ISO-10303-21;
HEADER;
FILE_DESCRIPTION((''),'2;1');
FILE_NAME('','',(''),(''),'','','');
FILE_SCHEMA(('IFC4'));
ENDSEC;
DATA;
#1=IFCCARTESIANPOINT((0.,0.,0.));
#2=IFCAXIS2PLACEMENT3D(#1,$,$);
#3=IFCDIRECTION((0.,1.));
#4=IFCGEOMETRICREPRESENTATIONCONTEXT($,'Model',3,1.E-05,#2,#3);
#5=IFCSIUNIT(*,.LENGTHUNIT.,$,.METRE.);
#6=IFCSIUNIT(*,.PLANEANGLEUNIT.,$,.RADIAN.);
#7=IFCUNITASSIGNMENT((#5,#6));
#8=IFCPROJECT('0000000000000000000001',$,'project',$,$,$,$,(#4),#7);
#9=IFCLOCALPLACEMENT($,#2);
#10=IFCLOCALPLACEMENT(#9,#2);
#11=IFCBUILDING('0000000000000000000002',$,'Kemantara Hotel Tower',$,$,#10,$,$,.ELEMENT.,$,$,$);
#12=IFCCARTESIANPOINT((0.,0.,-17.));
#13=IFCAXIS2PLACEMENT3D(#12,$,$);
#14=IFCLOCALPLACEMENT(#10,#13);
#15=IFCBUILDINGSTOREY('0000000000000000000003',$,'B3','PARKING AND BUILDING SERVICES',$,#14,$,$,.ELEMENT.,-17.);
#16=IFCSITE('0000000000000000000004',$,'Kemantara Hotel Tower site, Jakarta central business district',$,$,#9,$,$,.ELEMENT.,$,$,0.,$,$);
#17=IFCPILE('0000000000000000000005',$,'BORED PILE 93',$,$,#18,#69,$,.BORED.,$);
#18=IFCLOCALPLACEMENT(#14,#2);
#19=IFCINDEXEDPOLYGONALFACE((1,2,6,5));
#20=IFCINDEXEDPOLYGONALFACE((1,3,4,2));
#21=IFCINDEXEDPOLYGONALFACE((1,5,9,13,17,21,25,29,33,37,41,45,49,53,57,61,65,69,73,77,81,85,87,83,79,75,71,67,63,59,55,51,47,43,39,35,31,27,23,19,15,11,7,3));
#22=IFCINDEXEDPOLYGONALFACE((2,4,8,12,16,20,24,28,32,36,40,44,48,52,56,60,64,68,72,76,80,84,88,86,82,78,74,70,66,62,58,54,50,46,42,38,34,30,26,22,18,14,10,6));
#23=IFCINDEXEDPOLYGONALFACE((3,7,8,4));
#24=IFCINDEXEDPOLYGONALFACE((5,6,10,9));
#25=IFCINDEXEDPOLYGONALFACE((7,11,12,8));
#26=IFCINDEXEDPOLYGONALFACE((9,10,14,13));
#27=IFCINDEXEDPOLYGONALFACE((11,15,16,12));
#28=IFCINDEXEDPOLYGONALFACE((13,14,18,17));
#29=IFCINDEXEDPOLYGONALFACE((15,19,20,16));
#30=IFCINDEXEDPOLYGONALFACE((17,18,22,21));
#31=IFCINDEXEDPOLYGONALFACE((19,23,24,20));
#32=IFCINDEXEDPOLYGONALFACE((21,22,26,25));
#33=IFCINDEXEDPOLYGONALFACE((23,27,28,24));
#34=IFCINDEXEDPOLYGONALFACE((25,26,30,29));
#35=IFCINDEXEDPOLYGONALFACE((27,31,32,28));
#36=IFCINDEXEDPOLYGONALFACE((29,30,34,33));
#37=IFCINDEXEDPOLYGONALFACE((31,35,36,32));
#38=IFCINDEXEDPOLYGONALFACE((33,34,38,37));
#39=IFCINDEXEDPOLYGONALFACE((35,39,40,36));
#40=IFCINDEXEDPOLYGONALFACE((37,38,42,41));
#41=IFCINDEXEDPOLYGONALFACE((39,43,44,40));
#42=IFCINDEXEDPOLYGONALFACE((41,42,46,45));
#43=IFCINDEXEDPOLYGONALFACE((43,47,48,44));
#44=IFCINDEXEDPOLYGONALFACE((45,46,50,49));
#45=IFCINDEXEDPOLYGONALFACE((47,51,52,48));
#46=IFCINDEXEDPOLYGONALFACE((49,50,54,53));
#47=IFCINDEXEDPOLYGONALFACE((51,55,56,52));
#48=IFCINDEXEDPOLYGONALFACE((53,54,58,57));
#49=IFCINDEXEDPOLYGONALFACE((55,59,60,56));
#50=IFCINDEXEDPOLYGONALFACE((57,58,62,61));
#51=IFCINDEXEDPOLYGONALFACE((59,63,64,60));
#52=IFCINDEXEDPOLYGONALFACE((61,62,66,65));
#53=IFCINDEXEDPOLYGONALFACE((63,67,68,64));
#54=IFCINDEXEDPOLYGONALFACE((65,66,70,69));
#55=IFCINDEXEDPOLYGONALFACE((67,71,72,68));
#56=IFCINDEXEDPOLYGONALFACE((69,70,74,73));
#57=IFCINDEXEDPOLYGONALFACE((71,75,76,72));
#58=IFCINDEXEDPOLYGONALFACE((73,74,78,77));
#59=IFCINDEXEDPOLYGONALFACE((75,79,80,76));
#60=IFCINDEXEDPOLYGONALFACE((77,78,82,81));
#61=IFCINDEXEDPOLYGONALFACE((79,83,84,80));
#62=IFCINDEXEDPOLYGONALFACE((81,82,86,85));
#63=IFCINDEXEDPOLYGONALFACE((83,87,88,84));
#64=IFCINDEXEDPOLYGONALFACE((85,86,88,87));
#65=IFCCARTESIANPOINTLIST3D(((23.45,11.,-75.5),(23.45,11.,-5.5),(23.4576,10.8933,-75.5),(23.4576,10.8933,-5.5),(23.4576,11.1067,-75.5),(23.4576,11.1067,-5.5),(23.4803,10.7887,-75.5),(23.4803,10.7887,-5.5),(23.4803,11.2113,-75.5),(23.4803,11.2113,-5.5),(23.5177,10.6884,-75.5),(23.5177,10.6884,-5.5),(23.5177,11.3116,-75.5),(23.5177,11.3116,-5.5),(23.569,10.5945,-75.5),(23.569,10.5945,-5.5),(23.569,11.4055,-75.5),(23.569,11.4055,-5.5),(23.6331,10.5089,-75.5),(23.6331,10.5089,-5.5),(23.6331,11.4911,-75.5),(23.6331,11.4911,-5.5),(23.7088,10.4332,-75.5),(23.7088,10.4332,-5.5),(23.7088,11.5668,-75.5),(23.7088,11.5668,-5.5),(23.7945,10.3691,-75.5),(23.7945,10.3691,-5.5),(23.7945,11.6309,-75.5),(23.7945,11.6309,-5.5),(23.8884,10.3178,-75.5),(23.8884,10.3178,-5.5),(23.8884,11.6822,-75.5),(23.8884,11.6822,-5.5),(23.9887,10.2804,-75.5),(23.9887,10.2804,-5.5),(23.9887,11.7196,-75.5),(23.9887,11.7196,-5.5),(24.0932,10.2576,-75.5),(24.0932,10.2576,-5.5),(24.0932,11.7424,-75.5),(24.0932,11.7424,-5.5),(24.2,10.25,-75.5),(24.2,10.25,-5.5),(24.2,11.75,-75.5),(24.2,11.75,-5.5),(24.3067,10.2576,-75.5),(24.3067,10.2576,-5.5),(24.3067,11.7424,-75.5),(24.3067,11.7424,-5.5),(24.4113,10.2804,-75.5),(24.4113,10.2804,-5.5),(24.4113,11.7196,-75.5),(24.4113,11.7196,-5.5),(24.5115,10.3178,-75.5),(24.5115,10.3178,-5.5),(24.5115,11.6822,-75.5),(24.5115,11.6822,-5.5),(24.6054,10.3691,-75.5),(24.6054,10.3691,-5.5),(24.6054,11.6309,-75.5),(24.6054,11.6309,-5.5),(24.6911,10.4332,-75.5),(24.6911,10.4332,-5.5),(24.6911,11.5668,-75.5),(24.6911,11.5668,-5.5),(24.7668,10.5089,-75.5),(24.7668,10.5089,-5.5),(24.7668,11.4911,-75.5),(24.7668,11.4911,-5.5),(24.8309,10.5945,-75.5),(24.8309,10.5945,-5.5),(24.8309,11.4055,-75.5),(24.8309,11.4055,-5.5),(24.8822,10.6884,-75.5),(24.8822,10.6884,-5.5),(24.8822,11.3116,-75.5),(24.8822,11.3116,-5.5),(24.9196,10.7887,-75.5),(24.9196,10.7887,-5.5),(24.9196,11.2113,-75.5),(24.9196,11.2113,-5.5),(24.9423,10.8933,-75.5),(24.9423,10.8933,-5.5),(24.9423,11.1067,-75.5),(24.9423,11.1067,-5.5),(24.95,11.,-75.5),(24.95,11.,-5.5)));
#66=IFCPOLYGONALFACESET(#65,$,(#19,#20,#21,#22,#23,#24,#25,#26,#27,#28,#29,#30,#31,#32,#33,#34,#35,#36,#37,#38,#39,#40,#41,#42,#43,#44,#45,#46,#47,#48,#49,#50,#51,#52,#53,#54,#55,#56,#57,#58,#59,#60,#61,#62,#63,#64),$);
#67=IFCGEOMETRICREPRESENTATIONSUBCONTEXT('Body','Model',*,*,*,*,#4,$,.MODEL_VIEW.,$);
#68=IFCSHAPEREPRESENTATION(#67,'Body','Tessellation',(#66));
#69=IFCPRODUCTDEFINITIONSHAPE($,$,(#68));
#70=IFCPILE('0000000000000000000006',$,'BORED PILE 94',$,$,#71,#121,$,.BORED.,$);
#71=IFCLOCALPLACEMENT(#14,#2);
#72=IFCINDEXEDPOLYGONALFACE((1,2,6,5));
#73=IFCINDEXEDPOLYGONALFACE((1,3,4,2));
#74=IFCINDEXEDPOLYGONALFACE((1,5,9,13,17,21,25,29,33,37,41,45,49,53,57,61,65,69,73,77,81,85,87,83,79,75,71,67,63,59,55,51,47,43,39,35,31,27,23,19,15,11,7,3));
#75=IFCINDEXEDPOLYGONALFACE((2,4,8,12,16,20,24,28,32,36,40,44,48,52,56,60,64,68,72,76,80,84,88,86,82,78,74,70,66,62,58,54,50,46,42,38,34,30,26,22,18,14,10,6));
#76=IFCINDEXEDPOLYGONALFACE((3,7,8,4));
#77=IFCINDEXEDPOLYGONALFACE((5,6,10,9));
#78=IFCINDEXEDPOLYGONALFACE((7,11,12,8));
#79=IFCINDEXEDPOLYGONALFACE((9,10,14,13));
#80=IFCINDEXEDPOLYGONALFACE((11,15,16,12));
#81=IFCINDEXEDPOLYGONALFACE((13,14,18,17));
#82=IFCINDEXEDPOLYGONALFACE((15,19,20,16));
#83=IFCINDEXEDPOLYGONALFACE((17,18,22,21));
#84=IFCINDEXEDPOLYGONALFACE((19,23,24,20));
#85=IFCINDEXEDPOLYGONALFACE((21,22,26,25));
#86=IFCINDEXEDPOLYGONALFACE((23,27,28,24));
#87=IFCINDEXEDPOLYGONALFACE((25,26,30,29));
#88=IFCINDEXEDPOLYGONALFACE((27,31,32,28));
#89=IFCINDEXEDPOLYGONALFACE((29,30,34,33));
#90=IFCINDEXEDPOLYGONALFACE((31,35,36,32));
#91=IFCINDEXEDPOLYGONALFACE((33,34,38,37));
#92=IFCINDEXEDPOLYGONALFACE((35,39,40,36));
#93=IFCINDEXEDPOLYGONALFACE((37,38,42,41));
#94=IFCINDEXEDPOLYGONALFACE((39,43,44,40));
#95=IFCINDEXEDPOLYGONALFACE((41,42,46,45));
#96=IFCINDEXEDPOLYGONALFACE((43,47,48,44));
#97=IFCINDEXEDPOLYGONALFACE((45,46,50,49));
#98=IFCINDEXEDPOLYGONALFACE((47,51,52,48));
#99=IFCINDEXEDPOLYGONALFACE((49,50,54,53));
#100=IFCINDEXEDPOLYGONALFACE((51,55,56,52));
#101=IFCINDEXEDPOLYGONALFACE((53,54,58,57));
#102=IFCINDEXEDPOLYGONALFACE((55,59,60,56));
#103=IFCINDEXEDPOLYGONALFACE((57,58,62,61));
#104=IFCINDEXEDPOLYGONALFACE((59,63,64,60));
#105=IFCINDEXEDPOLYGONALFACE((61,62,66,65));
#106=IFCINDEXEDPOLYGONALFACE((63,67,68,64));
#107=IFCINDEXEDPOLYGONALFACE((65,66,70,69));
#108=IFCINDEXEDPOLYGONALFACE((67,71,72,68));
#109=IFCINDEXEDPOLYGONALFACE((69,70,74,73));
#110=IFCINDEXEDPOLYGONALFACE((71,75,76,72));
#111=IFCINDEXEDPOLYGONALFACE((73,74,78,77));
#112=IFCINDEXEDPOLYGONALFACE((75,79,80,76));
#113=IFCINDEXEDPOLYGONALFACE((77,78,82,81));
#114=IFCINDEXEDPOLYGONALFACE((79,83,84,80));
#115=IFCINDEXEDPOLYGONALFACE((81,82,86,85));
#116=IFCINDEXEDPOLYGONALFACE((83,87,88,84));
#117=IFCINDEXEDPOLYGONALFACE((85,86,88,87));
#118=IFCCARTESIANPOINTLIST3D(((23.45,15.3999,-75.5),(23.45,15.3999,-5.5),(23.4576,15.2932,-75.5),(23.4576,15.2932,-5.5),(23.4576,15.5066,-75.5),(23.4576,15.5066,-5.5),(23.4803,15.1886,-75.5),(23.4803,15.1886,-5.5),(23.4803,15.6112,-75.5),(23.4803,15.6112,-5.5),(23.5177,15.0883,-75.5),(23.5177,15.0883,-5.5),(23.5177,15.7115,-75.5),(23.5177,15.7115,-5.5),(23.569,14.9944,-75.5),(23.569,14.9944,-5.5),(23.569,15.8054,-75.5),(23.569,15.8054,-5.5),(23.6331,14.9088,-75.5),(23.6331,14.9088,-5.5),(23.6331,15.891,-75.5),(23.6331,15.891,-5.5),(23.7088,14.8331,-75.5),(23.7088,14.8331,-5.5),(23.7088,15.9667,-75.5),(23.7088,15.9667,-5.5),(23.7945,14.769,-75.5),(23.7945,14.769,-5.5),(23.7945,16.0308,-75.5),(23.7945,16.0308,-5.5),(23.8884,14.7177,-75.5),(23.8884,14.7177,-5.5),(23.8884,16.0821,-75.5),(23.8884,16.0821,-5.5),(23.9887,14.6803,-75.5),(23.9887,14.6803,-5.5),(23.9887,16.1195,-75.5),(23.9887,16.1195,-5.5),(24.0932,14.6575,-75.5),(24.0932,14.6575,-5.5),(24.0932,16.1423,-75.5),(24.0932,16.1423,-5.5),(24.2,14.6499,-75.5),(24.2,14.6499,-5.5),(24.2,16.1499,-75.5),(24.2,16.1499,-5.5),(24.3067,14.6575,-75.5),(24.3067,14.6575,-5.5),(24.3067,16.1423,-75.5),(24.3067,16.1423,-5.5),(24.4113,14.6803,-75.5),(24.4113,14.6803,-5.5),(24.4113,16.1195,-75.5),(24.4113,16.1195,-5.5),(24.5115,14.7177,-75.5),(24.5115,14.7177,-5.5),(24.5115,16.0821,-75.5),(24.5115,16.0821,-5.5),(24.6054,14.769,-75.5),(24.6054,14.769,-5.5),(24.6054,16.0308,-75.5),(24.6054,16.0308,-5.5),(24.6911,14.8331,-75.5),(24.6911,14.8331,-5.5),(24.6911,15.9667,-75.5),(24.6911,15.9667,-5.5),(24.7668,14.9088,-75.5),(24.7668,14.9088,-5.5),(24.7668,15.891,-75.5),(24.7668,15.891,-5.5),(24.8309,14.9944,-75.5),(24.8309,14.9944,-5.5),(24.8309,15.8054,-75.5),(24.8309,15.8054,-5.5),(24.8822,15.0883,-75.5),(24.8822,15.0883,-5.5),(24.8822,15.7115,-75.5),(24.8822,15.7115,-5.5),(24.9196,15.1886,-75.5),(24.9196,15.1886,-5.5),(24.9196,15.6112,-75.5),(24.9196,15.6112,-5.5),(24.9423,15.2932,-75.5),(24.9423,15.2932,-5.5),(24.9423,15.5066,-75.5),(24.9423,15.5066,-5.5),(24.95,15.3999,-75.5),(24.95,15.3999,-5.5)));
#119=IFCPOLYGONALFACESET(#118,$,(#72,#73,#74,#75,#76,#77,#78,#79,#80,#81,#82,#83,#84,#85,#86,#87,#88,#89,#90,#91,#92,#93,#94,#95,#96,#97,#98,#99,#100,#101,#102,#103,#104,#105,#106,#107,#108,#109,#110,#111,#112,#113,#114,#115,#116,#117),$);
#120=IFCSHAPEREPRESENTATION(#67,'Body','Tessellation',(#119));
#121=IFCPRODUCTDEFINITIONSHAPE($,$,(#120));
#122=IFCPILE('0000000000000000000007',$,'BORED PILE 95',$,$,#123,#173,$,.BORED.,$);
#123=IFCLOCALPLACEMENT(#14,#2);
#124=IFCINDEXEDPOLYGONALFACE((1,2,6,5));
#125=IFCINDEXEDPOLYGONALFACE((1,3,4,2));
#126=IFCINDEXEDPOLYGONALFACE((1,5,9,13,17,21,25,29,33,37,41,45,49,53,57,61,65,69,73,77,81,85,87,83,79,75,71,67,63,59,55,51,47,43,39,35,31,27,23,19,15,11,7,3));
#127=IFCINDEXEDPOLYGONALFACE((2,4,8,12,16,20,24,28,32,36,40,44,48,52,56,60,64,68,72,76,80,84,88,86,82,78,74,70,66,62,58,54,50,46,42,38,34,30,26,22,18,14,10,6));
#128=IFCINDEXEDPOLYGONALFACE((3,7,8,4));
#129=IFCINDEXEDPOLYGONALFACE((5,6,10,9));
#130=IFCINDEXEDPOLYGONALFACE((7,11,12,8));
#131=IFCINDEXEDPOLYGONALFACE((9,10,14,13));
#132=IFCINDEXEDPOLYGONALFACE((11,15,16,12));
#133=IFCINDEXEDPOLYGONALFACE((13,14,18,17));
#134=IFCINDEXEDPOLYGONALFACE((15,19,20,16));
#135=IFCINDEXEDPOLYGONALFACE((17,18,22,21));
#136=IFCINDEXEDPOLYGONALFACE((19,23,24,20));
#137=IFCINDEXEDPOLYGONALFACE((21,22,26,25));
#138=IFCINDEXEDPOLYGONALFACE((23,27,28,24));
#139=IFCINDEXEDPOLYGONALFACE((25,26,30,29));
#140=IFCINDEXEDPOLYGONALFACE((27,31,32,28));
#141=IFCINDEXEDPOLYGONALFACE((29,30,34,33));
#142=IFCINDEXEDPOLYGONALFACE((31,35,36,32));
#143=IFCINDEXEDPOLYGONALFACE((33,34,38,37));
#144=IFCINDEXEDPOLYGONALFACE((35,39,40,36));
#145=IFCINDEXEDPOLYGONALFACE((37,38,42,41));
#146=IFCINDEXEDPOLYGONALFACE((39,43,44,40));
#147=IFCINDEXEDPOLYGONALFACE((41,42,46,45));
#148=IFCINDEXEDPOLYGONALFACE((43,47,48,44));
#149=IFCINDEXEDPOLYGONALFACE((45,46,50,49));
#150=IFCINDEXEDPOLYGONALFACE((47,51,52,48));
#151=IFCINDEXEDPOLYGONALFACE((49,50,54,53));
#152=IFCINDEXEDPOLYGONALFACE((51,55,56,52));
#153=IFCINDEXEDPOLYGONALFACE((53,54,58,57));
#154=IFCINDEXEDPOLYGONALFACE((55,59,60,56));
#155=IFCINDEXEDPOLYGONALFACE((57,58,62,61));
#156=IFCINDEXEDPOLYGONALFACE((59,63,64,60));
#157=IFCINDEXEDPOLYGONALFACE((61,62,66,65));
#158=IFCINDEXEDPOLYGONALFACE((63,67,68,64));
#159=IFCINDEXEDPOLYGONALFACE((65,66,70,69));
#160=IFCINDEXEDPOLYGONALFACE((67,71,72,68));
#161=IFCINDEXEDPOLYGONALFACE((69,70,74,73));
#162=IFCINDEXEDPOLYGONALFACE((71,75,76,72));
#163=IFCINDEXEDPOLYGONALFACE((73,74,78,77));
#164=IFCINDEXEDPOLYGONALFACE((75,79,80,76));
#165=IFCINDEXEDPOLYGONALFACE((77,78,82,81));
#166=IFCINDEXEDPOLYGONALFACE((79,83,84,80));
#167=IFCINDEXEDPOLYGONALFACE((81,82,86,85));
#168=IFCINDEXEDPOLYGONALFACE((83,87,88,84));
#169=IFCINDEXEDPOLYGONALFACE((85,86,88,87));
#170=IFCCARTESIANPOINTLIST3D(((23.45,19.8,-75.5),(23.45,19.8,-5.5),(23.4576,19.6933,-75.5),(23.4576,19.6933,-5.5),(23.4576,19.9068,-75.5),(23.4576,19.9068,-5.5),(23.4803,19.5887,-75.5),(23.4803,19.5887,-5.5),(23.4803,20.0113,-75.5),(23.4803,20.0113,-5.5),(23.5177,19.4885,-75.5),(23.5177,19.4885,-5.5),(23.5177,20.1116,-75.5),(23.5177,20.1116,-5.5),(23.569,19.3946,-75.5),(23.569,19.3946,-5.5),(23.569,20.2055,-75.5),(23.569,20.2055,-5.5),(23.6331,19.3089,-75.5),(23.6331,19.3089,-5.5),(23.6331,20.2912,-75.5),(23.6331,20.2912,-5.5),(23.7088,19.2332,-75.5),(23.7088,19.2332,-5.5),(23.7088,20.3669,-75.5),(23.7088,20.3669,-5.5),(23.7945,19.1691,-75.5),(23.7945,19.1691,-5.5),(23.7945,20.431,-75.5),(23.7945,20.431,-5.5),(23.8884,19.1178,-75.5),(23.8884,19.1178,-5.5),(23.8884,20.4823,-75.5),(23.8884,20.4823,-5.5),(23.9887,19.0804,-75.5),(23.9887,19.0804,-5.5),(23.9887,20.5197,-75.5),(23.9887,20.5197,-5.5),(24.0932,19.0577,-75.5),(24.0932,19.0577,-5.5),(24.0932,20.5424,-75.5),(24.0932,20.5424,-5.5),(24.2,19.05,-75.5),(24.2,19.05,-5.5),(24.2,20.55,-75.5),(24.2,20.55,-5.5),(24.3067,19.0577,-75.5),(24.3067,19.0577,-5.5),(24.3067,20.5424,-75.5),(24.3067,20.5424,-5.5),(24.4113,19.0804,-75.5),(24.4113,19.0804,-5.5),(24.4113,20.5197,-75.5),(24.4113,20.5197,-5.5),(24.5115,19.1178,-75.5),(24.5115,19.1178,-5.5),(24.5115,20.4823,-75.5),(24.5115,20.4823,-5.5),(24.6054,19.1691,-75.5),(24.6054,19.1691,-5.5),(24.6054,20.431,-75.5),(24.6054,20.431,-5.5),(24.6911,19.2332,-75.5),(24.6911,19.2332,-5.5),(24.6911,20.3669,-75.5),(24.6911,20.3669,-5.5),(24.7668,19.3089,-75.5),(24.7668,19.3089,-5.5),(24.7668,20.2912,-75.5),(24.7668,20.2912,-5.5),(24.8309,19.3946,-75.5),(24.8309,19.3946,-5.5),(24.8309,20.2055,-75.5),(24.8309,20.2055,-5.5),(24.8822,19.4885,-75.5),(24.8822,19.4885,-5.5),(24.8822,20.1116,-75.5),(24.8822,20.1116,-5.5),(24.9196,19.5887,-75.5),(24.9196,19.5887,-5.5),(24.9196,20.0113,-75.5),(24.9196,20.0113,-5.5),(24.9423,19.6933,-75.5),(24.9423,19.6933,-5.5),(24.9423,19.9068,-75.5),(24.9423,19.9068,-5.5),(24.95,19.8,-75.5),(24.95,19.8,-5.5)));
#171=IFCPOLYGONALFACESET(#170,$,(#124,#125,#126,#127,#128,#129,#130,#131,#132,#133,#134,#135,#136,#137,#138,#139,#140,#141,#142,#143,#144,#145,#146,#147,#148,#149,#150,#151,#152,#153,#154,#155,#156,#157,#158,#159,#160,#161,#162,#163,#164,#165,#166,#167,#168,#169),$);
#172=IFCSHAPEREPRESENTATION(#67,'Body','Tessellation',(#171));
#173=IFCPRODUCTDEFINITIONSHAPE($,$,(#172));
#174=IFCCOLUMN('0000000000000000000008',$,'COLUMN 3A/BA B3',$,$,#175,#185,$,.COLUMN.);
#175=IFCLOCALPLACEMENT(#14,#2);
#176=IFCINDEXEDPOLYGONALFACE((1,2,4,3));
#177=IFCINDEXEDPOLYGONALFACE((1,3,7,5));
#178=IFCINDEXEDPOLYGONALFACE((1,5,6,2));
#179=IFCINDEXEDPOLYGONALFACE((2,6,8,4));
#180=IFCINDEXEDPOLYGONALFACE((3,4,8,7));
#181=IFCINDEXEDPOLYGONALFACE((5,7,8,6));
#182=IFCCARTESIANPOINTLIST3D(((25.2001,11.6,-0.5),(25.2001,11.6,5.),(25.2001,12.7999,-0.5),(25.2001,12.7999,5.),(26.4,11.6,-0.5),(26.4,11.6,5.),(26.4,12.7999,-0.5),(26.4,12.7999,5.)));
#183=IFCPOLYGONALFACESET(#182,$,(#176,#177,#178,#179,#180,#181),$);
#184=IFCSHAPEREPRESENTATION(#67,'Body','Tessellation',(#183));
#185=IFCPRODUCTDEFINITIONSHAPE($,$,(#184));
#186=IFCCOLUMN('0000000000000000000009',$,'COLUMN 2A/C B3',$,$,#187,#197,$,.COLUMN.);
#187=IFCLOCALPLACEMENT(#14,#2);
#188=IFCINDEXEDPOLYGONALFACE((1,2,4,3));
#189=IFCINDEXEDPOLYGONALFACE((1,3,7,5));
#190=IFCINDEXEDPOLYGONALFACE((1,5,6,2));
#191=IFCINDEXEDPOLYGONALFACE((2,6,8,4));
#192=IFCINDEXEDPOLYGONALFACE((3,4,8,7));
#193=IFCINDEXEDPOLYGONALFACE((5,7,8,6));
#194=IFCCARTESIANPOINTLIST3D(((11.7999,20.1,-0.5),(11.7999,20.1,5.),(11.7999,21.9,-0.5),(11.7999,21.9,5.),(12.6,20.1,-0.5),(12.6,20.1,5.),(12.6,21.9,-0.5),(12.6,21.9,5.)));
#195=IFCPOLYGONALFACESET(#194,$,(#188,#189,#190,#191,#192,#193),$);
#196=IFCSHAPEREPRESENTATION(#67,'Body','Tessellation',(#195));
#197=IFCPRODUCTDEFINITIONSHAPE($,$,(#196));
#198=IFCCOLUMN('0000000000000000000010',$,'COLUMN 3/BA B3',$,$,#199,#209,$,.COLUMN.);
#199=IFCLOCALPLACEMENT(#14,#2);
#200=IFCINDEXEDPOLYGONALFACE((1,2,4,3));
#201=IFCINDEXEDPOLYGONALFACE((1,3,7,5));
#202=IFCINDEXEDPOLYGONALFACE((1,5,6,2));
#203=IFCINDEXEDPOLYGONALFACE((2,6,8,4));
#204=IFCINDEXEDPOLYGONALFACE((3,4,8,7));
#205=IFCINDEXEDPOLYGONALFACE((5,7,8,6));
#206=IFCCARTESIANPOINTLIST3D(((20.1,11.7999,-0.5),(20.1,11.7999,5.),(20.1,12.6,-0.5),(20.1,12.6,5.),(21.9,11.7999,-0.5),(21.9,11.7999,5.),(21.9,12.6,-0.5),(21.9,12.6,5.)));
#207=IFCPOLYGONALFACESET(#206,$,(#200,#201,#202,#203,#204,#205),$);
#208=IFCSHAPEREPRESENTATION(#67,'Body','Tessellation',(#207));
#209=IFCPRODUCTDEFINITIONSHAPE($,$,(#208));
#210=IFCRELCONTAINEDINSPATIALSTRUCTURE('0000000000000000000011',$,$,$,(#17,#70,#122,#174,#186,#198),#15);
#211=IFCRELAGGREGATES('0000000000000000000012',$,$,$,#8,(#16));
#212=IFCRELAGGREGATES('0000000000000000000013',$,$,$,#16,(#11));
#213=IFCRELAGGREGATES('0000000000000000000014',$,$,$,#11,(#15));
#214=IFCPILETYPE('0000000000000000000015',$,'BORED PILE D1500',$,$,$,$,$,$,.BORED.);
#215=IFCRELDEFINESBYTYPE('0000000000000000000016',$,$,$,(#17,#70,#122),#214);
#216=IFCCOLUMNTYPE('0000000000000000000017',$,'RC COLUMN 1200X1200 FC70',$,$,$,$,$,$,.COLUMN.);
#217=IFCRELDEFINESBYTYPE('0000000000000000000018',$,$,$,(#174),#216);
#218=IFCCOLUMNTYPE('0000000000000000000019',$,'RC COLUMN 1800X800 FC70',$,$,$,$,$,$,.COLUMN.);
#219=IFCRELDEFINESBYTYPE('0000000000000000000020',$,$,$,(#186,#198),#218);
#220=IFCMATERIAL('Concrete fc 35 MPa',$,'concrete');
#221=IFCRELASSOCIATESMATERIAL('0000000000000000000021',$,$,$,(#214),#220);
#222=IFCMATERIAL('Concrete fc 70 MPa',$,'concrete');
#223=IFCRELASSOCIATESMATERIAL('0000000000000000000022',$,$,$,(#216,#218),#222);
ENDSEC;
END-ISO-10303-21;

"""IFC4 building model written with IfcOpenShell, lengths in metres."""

from ifc_helpers import new_model, si_unit, direction, frame, origin, origin_2d, place, context, subcontext, project, spatial, rectangle, circle, extrude, material, material_profile, profile_set, type_object, element, save


model = new_model("IFC4")

# Units and contexts
model_context = context("Model", 3, precision=1e-05, world=origin(), true_north=direction((0.0, 1.0)))
body_context = subcontext(model_context, "Body", "Model", "MODEL_VIEW")
ifc_project = project(units=[si_unit("LENGTHUNIT", "METRE"), si_unit("PLANEANGLEUNIT", "RADIAN")], contexts=[model_context])

# Site, building, storey
site_placement = place(None, origin())
site = spatial("IfcSite", under=ifc_project, at=site_placement, Name="Kemantara Hotel Tower site, Jakarta central business district", CompositionType="ELEMENT", RefElevation=0.0)
building_placement = place(site_placement, origin())
building = spatial("IfcBuilding", under=site, at=building_placement, Name="Kemantara Hotel Tower", CompositionType="ELEMENT")
storey_placement = place(building_placement, frame((0.0, 0.0, -17.0)))
storey = spatial("IfcBuildingStorey", under=building, at=storey_placement, Name="B3", Description="PARKING AND BUILDING SERVICES", CompositionType="ELEMENT", Elevation=-17.0)

# Piles
ifc_material_1 = material(Name="Concrete fc 35 MPa", Category="concrete")
ifc_material_profile_1 = material_profile(ifc_material_1, circle(Radius=0.75, at=origin_2d()), Name="BORED PILE D1500")
ifc_profile_set_1 = profile_set([ifc_material_profile_1], Name="Concrete fc 35 MPa")
pile_type = type_object("IfcPileType", Name="BORED PILE D1500", PredefinedType="BORED", material=ifc_profile_set_1)
for number, where, z_axis, x_axis, name in (
    (1, (24.2, 11.0, -5.5), (0.0, 0.0, -1.0), (1.0, 0.0, 0.0), "BORED PILE 93"),
    (2, (24.2, 15.3999, -5.5), (0.0, 0.0, -1.0), (1.0, 0.0, 0.0), "BORED PILE 94"),
    (3, (24.2, 19.8, -5.5), (0.0, 0.0, -1.0), (1.0, 0.0, 0.0), "BORED PILE 95"),
):
    element("IfcPile", number, at=place(storey_placement, frame(where, z_axis=z_axis, x_axis=x_axis)), inside=storey, type_object=pile_type, Name=name, PredefinedType="BORED", context=body_context, shape_type="SweptSolid", body=[
        extrude(circle(Radius=0.75, at=origin_2d()), origin(), (0.0, 0.0, 1.0), 70.0),
    ])

# Columns
ifc_material_2 = material(Name="Concrete fc 70 MPa", Category="concrete")
ifc_material_profile_2 = material_profile(ifc_material_2, rectangle(XDim=1.2, YDim=1.2, at=origin_2d()), Name="RC 1200X1200")
ifc_profile_set_2 = profile_set([ifc_material_profile_2], Name="Concrete fc 70 MPa")
column_type_1 = type_object("IfcColumnType", Name="RC COLUMN 1200X1200 FC70", PredefinedType="COLUMN", material=ifc_profile_set_2)
column_placement = place(storey_placement, frame((25.8, 12.2, -0.5), z_axis=(0.0, 0.0, 1.0), x_axis=(1.0, 0.0, 0.0)))
element("IfcColumn", 4, at=column_placement, inside=storey, type_object=column_type_1, Name="COLUMN 3A/BA B3", PredefinedType="COLUMN", context=body_context, shape_type="SweptSolid", body=[
    extrude(rectangle(XDim=1.2, YDim=1.2, at=origin_2d()), origin(), (0.0, 0.0, 1.0), 5.5),
])
ifc_material_profile_3 = material_profile(ifc_material_2, rectangle(XDim=1.8, YDim=0.8, at=origin_2d()), Name="RC 1800X800")
ifc_profile_set_3 = profile_set([ifc_material_profile_3], Name="Concrete fc 70 MPa")
column_type_2 = type_object("IfcColumnType", Name="RC COLUMN 1800X800 FC70", PredefinedType="COLUMN", material=ifc_profile_set_3)
for number, where, z_axis, x_axis, name in (
    (5, (12.2, 21.0, -0.5), (0.0, 0.0, 1.0), (0.0, 1.0, 0.0), "COLUMN 2A/C B3"),
    (6, (21.0, 12.2, -0.5), (0.0, 0.0, 1.0), (1.0, 0.0, 0.0), "COLUMN 3/BA B3"),
):
    element("IfcColumn", number, at=place(storey_placement, frame(where, z_axis=z_axis, x_axis=x_axis)), inside=storey, type_object=column_type_2, Name=name, PredefinedType="COLUMN", context=body_context, shape_type="SweptSolid", body=[
        extrude(rectangle(XDim=1.8, YDim=0.8, at=origin_2d()), origin(), (0.0, 0.0, 1.0), 5.5),
    ])

save(model, "model.ifc")
